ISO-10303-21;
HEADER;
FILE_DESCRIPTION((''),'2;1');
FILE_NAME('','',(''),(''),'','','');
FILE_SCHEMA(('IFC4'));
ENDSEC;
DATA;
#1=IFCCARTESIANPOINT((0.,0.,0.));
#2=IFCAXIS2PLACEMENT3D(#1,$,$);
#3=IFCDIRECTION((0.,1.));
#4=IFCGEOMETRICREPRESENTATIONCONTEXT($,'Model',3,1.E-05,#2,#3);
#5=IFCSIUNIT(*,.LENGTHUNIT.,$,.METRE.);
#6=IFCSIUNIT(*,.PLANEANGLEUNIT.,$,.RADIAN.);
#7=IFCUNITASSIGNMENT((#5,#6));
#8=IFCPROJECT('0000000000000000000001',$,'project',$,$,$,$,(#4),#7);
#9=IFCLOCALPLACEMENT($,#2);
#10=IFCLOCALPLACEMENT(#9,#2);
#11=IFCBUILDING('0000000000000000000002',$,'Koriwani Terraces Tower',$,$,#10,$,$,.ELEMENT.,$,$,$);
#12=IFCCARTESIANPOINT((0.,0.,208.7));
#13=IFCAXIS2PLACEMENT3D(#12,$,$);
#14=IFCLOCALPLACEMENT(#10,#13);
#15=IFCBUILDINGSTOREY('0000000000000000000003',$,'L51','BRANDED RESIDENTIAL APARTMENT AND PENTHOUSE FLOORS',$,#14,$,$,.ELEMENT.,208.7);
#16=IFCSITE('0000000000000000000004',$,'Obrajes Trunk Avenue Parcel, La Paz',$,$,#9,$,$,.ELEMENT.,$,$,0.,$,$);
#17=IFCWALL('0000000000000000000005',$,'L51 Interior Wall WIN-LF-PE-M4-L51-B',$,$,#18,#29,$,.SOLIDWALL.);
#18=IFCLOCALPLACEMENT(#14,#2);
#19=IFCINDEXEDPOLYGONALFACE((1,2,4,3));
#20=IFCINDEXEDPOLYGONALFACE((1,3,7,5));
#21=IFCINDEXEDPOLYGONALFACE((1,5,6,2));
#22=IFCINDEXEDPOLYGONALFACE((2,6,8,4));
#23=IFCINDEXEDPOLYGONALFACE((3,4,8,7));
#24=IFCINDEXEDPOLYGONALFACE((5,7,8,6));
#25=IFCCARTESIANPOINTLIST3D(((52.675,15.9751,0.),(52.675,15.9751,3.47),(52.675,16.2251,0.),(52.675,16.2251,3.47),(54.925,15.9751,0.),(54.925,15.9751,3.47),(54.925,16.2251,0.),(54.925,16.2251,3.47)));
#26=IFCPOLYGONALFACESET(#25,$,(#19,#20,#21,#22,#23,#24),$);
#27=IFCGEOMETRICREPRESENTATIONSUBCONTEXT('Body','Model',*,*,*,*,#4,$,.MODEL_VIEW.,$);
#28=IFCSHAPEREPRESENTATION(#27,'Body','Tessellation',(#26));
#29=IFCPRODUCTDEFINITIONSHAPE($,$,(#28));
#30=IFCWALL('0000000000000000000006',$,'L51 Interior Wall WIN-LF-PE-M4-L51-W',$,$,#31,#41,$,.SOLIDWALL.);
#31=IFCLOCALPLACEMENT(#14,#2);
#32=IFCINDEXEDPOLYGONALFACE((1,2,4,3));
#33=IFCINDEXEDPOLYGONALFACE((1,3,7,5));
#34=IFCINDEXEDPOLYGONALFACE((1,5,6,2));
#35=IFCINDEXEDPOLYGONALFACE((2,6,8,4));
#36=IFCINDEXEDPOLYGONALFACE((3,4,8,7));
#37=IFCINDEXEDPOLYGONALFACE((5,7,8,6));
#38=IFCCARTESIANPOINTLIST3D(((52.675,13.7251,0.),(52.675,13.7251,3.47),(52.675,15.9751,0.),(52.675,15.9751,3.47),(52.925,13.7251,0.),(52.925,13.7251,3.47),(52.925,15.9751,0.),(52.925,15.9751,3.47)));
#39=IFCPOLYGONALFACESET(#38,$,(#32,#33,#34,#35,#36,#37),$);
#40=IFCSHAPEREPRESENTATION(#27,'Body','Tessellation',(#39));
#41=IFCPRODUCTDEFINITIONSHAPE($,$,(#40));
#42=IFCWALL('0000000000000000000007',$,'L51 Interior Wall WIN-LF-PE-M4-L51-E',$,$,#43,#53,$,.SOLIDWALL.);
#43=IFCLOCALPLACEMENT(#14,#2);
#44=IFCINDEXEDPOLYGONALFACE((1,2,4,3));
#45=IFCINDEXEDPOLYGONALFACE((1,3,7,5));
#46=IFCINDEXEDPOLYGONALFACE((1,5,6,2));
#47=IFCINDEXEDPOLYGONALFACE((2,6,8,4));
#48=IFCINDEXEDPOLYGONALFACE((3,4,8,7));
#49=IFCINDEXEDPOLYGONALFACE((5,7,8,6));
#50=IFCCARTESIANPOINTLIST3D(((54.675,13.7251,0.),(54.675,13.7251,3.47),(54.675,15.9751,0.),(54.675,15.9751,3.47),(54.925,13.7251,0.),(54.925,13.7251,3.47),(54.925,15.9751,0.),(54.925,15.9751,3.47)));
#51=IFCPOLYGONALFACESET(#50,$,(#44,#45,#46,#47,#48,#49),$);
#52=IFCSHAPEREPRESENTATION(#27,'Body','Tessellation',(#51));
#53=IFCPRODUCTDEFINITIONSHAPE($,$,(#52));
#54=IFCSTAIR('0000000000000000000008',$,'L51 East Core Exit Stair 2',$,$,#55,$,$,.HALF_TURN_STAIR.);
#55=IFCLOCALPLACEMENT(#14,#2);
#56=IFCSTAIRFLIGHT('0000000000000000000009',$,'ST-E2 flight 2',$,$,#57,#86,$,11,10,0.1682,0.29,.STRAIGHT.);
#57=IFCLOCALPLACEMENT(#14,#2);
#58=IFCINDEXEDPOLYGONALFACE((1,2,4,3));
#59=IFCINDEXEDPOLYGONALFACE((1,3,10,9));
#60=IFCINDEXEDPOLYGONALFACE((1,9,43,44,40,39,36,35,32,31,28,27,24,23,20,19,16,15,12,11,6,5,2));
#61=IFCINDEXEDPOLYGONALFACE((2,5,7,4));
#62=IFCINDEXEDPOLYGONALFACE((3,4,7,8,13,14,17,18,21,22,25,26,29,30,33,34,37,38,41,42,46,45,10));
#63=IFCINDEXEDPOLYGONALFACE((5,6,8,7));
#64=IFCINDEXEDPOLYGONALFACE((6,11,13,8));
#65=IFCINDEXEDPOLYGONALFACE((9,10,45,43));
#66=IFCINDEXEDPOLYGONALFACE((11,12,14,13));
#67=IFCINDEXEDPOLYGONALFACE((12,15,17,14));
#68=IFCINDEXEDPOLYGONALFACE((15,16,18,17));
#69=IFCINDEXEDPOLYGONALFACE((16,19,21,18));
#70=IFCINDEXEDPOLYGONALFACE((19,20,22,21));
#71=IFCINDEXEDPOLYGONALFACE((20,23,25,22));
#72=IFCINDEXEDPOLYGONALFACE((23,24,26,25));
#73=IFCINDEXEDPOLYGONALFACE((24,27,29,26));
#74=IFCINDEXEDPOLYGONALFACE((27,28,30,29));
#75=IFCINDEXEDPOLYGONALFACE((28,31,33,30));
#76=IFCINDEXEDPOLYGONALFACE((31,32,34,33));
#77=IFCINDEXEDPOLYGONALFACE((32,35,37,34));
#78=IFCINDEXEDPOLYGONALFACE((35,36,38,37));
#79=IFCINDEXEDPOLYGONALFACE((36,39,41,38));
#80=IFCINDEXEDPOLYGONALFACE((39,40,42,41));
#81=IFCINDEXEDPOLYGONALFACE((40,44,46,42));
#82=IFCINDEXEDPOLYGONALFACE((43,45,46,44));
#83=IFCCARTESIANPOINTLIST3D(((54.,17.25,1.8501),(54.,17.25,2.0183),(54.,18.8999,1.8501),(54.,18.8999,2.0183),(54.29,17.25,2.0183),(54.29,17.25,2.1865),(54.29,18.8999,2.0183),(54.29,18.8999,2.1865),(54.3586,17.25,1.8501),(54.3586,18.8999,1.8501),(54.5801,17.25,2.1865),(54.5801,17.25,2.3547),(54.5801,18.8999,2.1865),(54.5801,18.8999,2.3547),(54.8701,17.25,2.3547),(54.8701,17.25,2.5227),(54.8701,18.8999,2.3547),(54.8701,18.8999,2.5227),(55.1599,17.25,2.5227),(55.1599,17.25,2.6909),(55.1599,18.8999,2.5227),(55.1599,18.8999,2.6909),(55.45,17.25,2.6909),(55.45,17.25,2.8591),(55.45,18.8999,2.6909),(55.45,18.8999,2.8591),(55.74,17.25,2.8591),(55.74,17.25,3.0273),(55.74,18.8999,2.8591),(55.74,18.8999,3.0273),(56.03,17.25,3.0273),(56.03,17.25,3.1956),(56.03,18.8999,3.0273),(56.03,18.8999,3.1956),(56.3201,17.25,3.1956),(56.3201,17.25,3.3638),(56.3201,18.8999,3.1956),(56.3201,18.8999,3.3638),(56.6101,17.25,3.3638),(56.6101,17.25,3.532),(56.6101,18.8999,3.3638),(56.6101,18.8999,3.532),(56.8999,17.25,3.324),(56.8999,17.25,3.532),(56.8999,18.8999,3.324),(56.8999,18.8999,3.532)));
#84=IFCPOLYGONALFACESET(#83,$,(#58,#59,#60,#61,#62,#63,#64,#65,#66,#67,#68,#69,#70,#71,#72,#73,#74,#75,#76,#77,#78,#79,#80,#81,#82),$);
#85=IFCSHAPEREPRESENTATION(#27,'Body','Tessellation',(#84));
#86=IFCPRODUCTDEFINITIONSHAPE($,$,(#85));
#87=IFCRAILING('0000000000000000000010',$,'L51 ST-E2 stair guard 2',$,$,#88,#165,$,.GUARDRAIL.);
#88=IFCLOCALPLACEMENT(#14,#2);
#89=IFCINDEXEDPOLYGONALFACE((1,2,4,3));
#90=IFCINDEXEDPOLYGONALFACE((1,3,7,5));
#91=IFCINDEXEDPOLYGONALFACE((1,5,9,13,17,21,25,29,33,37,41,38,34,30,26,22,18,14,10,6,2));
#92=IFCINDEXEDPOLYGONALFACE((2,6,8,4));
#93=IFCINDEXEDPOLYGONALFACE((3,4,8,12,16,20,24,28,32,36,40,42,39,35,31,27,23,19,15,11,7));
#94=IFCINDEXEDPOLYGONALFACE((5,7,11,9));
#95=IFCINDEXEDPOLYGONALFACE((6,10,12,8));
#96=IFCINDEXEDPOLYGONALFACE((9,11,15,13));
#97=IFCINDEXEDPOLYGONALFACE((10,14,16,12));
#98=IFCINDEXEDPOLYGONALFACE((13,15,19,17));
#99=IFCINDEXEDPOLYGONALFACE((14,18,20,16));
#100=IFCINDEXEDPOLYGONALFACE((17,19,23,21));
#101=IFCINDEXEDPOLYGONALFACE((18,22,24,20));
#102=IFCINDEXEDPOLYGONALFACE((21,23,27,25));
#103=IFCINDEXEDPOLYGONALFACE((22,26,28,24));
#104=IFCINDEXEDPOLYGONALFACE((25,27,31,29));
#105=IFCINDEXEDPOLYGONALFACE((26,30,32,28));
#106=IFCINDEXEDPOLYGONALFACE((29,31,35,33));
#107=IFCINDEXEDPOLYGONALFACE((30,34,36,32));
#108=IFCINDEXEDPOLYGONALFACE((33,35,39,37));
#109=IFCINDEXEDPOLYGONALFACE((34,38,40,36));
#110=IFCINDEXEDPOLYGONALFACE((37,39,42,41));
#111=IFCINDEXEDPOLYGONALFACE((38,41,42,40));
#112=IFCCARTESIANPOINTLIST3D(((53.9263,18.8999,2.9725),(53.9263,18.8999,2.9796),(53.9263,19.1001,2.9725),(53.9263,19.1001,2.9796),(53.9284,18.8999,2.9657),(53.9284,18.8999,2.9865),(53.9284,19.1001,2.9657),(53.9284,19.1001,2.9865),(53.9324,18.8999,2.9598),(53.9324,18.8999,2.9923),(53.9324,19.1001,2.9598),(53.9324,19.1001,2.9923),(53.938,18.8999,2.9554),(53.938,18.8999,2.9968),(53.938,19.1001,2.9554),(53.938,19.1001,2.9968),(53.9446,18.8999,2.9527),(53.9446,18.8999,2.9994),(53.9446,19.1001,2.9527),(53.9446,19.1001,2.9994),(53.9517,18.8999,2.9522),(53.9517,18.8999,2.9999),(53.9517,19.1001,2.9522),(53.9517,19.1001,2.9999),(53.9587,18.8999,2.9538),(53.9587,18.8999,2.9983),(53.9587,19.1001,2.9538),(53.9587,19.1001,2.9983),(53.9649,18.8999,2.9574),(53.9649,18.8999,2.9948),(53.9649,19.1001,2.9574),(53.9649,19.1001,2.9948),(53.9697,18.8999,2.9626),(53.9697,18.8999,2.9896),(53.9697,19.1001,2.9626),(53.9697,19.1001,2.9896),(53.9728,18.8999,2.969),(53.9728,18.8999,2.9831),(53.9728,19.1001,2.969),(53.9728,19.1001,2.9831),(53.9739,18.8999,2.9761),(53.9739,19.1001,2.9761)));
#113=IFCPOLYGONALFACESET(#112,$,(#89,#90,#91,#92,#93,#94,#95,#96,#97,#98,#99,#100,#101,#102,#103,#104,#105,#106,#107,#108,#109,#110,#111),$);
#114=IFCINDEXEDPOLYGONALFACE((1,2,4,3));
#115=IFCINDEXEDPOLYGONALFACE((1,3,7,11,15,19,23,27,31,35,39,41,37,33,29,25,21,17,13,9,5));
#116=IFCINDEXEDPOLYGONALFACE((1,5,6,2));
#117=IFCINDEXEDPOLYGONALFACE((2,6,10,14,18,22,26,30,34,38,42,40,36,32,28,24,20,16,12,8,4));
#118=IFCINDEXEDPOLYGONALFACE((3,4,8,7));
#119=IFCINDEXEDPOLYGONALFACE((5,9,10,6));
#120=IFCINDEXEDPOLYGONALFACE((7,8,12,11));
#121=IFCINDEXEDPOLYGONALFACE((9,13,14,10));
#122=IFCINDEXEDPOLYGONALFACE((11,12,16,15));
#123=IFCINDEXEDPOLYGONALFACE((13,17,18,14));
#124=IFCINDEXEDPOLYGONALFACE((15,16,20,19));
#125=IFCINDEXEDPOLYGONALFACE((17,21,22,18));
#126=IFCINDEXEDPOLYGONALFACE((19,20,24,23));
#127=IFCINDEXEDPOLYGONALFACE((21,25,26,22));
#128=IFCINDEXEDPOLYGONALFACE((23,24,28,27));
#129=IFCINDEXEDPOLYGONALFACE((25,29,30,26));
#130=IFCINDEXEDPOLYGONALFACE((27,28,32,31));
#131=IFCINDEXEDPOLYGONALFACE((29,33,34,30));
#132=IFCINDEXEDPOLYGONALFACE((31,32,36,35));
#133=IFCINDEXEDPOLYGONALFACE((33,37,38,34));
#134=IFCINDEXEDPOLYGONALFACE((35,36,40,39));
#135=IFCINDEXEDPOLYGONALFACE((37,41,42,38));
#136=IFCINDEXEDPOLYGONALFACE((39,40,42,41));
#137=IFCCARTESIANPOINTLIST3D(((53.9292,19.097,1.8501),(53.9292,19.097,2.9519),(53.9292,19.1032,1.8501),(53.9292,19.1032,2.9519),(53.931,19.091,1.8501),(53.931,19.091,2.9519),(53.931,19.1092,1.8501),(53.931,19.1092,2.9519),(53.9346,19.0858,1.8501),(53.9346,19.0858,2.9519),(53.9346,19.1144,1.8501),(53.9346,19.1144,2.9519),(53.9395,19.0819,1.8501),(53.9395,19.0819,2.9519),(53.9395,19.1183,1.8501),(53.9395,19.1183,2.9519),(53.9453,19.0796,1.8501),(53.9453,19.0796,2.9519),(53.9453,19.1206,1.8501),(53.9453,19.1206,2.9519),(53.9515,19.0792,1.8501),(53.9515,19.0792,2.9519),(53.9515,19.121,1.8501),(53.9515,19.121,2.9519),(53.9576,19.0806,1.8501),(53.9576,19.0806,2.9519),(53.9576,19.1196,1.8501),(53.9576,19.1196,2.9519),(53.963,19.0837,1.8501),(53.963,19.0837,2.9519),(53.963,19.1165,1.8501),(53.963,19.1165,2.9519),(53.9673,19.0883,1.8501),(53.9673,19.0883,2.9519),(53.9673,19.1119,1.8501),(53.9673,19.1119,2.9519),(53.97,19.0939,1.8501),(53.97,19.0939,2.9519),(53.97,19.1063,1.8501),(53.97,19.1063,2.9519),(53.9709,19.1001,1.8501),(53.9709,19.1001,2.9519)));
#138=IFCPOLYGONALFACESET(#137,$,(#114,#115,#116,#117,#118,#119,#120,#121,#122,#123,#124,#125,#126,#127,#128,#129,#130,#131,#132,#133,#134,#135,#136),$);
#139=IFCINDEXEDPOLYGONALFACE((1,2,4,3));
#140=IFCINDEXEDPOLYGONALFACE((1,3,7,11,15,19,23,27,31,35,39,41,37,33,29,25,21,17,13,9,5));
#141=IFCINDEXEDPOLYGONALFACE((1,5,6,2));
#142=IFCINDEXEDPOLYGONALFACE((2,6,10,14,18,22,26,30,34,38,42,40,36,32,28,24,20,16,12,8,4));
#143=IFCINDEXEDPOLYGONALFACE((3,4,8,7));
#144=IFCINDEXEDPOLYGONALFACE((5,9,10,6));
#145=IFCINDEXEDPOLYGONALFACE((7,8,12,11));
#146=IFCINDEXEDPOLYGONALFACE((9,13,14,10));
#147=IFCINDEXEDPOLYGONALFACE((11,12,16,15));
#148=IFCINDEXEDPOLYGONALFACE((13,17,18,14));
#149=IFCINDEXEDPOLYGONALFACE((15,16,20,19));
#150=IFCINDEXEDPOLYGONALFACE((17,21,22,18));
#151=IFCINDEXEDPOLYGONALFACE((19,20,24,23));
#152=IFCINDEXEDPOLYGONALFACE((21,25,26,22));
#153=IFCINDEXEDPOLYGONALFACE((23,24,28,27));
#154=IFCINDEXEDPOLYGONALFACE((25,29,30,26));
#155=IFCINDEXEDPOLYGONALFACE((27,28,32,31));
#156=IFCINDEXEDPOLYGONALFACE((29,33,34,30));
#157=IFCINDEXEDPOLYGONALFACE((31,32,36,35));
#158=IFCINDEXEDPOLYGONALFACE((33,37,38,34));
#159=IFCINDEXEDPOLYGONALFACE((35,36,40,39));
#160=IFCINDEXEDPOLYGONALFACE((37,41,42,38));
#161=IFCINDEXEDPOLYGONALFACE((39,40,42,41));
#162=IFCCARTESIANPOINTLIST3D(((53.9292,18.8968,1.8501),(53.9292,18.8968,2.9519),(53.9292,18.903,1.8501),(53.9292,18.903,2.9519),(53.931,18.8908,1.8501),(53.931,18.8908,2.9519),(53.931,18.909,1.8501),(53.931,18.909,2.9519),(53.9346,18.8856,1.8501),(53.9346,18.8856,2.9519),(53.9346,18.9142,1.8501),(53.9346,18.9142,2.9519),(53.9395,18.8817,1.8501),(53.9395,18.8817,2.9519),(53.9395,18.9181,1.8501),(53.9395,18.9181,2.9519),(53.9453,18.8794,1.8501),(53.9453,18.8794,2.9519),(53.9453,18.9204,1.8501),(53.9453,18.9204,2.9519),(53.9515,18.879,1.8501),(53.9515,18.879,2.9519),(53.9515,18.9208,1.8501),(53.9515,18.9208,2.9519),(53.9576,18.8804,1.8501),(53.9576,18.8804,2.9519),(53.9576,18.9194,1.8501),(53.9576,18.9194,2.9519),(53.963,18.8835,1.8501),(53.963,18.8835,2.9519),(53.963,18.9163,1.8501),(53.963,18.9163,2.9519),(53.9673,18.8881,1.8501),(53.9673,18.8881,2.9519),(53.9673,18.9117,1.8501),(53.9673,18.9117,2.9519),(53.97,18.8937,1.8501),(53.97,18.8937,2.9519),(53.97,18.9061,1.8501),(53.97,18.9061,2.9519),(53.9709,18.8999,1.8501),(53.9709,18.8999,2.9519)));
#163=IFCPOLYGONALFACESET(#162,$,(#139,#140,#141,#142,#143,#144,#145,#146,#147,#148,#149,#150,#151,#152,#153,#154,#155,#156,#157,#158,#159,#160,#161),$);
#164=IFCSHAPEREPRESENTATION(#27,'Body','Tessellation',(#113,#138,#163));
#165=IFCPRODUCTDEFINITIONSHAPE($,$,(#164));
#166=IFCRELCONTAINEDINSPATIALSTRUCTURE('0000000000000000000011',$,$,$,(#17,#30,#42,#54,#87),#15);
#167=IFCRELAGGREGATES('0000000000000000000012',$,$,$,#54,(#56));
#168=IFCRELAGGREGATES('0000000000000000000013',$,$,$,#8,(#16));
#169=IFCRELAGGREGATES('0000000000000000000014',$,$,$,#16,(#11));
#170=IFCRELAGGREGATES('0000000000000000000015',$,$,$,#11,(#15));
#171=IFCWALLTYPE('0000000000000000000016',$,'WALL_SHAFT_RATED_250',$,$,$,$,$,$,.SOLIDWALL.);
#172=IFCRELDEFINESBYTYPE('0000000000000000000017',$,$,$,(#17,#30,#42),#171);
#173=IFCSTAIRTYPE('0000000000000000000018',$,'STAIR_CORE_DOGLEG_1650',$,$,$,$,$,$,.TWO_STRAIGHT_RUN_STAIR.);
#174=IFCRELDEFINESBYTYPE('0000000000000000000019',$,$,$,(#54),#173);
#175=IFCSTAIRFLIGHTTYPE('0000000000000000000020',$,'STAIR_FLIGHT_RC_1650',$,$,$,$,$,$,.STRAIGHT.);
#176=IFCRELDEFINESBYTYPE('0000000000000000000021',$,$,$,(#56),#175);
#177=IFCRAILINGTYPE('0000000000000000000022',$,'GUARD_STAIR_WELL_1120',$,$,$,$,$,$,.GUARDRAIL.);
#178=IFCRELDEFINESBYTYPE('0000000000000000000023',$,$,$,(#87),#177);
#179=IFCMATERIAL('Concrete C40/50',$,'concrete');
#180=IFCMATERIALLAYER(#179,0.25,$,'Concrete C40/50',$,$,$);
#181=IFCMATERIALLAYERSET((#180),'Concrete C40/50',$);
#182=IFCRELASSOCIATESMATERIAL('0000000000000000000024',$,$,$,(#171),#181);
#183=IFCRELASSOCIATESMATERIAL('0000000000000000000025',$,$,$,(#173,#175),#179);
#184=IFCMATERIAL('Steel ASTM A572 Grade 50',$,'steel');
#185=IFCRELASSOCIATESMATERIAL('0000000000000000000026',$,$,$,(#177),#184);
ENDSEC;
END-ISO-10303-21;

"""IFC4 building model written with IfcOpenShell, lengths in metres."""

from ifc_helpers import new_model, si_unit, direction, frame, frame_2d, origin, origin_2d, place, context, subcontext, project, spatial, polyline, rectangle, circle, outline, extrude, material, layer, layer_set, type_object, element, aggregate, save


model = new_model("IFC4")

# Units and contexts
model_context = context("Model", 3, precision=1e-05, world=origin(), true_north=direction((0.0, 1.0)))
body_context = subcontext(model_context, "Body", "Model", "MODEL_VIEW")
ifc_project = project(units=[si_unit("LENGTHUNIT", "METRE"), si_unit("PLANEANGLEUNIT", "RADIAN")], contexts=[model_context])

# Site, building, storey
site_placement = place(None, origin())
site = spatial("IfcSite", under=ifc_project, at=site_placement, Name="Obrajes Trunk Avenue Parcel, La Paz", CompositionType="ELEMENT", RefElevation=0.0)
building_placement = place(site_placement, origin())
building = spatial("IfcBuilding", under=site, at=building_placement, Name="Koriwani Terraces Tower", CompositionType="ELEMENT")
storey_placement = place(building_placement, frame((0.0, 0.0, 208.7)))
storey = spatial("IfcBuildingStorey", under=building, at=storey_placement, Name="L51", Description="BRANDED RESIDENTIAL APARTMENT AND PENTHOUSE FLOORS", CompositionType="ELEMENT", Elevation=208.7)

# Shared definitions
ifc_material_1 = material(Name="Concrete C40/50", Category="concrete")
ifc_material_2 = material(Name="Steel ASTM A572 Grade 50", Category="steel")

# Shared definitions
ifc_layer_1 = layer(ifc_material_1, 0.25, Name="Concrete C40/50")
ifc_layer_set_1 = layer_set([ifc_layer_1], Name="Concrete C40/50")
wall_type_1 = type_object("IfcWallType", Name="WALL_SHAFT_RATED_250", PredefinedType="SOLIDWALL", material=ifc_layer_set_1)

# Walls
for number, where, z_axis, x_axis, name in (
    (1, (52.675, 16.1001, 0.0), (0.0, 0.0, 1.0), (1.0, 0.0, 0.0), "L51 Interior Wall WIN-LF-PE-M4-L51-B"),
    (2, (52.8, 13.7251, 0.0), (0.0, 0.0, 1.0), (0.0, 1.0, 0.0), "L51 Interior Wall WIN-LF-PE-M4-L51-W"),
    (3, (54.8, 13.7251, 0.0), (0.0, 0.0, 1.0), (0.0, 1.0, 0.0), "L51 Interior Wall WIN-LF-PE-M4-L51-E"),
):
    element("IfcWall", number, at=place(storey_placement, frame(where, z_axis=z_axis, x_axis=x_axis)), inside=storey, type_object=wall_type_1, Name=name, PredefinedType="SOLIDWALL", context=body_context, shape_type="SweptSolid", body=[
        extrude(rectangle(XDim=2.25, YDim=0.25, at=frame_2d((1.125, 0.0))), origin(), (0.0, 0.0, 1.0), 3.47),
    ])

# Stair, stair flight
stair_type = type_object("IfcStairType", Name="STAIR_CORE_DOGLEG_1650", PredefinedType="TWO_STRAIGHT_RUN_STAIR", material=ifc_material_1)
stair_placement = place(storey_placement, origin())
stair = element("IfcStair", 4, at=stair_placement, inside=storey, type_object=stair_type, Name="L51 East Core Exit Stair 2", PredefinedType="HALF_TURN_STAIR")
stair_flight_type = type_object("IfcStairFlightType", Name="STAIR_FLIGHT_RC_1650", PredefinedType="STRAIGHT", material=ifc_material_1)
stair_flight_placement = place(storey_placement, frame((54.0, 18.075, 1.8501), z_axis=(0.0, 0.0, 1.0), x_axis=(1.0, 0.0, 0.0)))
stair_flight = element("IfcStairFlight", 5, at=stair_flight_placement, type_object=stair_flight_type, Name="ST-E2 flight 2", NumberOfRisers=11, NumberOfTreads=10, PredefinedType="STRAIGHT", RiserHeight=0.1682, TreadLength=0.29, context=body_context, shape_type="SweptSolid", body=[
    extrude(outline(polyline([(0.0, 0.0), (0.0, 0.1682), (0.29, 0.1682), (0.29, 0.3364), (0.5801, 0.3364), (0.5801, 0.5046), (0.8701, 0.5046), (0.8701, 0.6726), (1.1599, 0.6726), (1.1599, 0.8408), (1.45, 0.8408), (1.45, 1.009), (1.74, 1.009), (1.74, 1.1772), (2.03, 1.1772), (2.03, 1.3455), (2.3201, 1.3455), (2.3201, 1.5137), (2.6101, 1.5137), (2.6101, 1.6819), (2.8999, 1.6819), (2.8999, 1.8501), (2.8999, 1.4739), (0.3586, 0.0), (0.0, 0.0)])), frame((0.0, 0.825, 0.0), z_axis=(0.0, -1.0, 0.0), x_axis=(1.0, 0.0, 0.0)), (0.0, 0.0, 1.0), 1.6499),
])
aggregate(stair, [stair_flight])

# Railing
railing_type_1 = type_object("IfcRailingType", Name="GUARD_STAIR_WELL_1120", PredefinedType="GUARDRAIL", material=ifc_material_2)
railing_1_placement = place(storey_placement, frame((53.95, 19.1001, 1.8501)))
element("IfcRailing", 6, at=railing_1_placement, inside=storey, type_object=railing_type_1, Name="L51 ST-E2 stair guard 2", PredefinedType="GUARDRAIL", context=body_context, shape_type="SweptSolid", body=[
    extrude(circle(Radius=0.0239, at=origin_2d()), frame((0.0, 0.0, 1.126), z_axis=(0.0, -1.0, 0.0), x_axis=(1.0, 0.0, 0.0)), (0.0, 0.0, 1.0), 0.2002),
    extrude(circle(Radius=0.021, at=origin_2d()), origin(), (0.0, 0.0, 1.0), 1.1018),
    extrude(circle(Radius=0.021, at=origin_2d()), frame((0.0, -0.2002, 0.0)), (0.0, 0.0, 1.0), 1.1018),
])

save(model, "model.ifc")
